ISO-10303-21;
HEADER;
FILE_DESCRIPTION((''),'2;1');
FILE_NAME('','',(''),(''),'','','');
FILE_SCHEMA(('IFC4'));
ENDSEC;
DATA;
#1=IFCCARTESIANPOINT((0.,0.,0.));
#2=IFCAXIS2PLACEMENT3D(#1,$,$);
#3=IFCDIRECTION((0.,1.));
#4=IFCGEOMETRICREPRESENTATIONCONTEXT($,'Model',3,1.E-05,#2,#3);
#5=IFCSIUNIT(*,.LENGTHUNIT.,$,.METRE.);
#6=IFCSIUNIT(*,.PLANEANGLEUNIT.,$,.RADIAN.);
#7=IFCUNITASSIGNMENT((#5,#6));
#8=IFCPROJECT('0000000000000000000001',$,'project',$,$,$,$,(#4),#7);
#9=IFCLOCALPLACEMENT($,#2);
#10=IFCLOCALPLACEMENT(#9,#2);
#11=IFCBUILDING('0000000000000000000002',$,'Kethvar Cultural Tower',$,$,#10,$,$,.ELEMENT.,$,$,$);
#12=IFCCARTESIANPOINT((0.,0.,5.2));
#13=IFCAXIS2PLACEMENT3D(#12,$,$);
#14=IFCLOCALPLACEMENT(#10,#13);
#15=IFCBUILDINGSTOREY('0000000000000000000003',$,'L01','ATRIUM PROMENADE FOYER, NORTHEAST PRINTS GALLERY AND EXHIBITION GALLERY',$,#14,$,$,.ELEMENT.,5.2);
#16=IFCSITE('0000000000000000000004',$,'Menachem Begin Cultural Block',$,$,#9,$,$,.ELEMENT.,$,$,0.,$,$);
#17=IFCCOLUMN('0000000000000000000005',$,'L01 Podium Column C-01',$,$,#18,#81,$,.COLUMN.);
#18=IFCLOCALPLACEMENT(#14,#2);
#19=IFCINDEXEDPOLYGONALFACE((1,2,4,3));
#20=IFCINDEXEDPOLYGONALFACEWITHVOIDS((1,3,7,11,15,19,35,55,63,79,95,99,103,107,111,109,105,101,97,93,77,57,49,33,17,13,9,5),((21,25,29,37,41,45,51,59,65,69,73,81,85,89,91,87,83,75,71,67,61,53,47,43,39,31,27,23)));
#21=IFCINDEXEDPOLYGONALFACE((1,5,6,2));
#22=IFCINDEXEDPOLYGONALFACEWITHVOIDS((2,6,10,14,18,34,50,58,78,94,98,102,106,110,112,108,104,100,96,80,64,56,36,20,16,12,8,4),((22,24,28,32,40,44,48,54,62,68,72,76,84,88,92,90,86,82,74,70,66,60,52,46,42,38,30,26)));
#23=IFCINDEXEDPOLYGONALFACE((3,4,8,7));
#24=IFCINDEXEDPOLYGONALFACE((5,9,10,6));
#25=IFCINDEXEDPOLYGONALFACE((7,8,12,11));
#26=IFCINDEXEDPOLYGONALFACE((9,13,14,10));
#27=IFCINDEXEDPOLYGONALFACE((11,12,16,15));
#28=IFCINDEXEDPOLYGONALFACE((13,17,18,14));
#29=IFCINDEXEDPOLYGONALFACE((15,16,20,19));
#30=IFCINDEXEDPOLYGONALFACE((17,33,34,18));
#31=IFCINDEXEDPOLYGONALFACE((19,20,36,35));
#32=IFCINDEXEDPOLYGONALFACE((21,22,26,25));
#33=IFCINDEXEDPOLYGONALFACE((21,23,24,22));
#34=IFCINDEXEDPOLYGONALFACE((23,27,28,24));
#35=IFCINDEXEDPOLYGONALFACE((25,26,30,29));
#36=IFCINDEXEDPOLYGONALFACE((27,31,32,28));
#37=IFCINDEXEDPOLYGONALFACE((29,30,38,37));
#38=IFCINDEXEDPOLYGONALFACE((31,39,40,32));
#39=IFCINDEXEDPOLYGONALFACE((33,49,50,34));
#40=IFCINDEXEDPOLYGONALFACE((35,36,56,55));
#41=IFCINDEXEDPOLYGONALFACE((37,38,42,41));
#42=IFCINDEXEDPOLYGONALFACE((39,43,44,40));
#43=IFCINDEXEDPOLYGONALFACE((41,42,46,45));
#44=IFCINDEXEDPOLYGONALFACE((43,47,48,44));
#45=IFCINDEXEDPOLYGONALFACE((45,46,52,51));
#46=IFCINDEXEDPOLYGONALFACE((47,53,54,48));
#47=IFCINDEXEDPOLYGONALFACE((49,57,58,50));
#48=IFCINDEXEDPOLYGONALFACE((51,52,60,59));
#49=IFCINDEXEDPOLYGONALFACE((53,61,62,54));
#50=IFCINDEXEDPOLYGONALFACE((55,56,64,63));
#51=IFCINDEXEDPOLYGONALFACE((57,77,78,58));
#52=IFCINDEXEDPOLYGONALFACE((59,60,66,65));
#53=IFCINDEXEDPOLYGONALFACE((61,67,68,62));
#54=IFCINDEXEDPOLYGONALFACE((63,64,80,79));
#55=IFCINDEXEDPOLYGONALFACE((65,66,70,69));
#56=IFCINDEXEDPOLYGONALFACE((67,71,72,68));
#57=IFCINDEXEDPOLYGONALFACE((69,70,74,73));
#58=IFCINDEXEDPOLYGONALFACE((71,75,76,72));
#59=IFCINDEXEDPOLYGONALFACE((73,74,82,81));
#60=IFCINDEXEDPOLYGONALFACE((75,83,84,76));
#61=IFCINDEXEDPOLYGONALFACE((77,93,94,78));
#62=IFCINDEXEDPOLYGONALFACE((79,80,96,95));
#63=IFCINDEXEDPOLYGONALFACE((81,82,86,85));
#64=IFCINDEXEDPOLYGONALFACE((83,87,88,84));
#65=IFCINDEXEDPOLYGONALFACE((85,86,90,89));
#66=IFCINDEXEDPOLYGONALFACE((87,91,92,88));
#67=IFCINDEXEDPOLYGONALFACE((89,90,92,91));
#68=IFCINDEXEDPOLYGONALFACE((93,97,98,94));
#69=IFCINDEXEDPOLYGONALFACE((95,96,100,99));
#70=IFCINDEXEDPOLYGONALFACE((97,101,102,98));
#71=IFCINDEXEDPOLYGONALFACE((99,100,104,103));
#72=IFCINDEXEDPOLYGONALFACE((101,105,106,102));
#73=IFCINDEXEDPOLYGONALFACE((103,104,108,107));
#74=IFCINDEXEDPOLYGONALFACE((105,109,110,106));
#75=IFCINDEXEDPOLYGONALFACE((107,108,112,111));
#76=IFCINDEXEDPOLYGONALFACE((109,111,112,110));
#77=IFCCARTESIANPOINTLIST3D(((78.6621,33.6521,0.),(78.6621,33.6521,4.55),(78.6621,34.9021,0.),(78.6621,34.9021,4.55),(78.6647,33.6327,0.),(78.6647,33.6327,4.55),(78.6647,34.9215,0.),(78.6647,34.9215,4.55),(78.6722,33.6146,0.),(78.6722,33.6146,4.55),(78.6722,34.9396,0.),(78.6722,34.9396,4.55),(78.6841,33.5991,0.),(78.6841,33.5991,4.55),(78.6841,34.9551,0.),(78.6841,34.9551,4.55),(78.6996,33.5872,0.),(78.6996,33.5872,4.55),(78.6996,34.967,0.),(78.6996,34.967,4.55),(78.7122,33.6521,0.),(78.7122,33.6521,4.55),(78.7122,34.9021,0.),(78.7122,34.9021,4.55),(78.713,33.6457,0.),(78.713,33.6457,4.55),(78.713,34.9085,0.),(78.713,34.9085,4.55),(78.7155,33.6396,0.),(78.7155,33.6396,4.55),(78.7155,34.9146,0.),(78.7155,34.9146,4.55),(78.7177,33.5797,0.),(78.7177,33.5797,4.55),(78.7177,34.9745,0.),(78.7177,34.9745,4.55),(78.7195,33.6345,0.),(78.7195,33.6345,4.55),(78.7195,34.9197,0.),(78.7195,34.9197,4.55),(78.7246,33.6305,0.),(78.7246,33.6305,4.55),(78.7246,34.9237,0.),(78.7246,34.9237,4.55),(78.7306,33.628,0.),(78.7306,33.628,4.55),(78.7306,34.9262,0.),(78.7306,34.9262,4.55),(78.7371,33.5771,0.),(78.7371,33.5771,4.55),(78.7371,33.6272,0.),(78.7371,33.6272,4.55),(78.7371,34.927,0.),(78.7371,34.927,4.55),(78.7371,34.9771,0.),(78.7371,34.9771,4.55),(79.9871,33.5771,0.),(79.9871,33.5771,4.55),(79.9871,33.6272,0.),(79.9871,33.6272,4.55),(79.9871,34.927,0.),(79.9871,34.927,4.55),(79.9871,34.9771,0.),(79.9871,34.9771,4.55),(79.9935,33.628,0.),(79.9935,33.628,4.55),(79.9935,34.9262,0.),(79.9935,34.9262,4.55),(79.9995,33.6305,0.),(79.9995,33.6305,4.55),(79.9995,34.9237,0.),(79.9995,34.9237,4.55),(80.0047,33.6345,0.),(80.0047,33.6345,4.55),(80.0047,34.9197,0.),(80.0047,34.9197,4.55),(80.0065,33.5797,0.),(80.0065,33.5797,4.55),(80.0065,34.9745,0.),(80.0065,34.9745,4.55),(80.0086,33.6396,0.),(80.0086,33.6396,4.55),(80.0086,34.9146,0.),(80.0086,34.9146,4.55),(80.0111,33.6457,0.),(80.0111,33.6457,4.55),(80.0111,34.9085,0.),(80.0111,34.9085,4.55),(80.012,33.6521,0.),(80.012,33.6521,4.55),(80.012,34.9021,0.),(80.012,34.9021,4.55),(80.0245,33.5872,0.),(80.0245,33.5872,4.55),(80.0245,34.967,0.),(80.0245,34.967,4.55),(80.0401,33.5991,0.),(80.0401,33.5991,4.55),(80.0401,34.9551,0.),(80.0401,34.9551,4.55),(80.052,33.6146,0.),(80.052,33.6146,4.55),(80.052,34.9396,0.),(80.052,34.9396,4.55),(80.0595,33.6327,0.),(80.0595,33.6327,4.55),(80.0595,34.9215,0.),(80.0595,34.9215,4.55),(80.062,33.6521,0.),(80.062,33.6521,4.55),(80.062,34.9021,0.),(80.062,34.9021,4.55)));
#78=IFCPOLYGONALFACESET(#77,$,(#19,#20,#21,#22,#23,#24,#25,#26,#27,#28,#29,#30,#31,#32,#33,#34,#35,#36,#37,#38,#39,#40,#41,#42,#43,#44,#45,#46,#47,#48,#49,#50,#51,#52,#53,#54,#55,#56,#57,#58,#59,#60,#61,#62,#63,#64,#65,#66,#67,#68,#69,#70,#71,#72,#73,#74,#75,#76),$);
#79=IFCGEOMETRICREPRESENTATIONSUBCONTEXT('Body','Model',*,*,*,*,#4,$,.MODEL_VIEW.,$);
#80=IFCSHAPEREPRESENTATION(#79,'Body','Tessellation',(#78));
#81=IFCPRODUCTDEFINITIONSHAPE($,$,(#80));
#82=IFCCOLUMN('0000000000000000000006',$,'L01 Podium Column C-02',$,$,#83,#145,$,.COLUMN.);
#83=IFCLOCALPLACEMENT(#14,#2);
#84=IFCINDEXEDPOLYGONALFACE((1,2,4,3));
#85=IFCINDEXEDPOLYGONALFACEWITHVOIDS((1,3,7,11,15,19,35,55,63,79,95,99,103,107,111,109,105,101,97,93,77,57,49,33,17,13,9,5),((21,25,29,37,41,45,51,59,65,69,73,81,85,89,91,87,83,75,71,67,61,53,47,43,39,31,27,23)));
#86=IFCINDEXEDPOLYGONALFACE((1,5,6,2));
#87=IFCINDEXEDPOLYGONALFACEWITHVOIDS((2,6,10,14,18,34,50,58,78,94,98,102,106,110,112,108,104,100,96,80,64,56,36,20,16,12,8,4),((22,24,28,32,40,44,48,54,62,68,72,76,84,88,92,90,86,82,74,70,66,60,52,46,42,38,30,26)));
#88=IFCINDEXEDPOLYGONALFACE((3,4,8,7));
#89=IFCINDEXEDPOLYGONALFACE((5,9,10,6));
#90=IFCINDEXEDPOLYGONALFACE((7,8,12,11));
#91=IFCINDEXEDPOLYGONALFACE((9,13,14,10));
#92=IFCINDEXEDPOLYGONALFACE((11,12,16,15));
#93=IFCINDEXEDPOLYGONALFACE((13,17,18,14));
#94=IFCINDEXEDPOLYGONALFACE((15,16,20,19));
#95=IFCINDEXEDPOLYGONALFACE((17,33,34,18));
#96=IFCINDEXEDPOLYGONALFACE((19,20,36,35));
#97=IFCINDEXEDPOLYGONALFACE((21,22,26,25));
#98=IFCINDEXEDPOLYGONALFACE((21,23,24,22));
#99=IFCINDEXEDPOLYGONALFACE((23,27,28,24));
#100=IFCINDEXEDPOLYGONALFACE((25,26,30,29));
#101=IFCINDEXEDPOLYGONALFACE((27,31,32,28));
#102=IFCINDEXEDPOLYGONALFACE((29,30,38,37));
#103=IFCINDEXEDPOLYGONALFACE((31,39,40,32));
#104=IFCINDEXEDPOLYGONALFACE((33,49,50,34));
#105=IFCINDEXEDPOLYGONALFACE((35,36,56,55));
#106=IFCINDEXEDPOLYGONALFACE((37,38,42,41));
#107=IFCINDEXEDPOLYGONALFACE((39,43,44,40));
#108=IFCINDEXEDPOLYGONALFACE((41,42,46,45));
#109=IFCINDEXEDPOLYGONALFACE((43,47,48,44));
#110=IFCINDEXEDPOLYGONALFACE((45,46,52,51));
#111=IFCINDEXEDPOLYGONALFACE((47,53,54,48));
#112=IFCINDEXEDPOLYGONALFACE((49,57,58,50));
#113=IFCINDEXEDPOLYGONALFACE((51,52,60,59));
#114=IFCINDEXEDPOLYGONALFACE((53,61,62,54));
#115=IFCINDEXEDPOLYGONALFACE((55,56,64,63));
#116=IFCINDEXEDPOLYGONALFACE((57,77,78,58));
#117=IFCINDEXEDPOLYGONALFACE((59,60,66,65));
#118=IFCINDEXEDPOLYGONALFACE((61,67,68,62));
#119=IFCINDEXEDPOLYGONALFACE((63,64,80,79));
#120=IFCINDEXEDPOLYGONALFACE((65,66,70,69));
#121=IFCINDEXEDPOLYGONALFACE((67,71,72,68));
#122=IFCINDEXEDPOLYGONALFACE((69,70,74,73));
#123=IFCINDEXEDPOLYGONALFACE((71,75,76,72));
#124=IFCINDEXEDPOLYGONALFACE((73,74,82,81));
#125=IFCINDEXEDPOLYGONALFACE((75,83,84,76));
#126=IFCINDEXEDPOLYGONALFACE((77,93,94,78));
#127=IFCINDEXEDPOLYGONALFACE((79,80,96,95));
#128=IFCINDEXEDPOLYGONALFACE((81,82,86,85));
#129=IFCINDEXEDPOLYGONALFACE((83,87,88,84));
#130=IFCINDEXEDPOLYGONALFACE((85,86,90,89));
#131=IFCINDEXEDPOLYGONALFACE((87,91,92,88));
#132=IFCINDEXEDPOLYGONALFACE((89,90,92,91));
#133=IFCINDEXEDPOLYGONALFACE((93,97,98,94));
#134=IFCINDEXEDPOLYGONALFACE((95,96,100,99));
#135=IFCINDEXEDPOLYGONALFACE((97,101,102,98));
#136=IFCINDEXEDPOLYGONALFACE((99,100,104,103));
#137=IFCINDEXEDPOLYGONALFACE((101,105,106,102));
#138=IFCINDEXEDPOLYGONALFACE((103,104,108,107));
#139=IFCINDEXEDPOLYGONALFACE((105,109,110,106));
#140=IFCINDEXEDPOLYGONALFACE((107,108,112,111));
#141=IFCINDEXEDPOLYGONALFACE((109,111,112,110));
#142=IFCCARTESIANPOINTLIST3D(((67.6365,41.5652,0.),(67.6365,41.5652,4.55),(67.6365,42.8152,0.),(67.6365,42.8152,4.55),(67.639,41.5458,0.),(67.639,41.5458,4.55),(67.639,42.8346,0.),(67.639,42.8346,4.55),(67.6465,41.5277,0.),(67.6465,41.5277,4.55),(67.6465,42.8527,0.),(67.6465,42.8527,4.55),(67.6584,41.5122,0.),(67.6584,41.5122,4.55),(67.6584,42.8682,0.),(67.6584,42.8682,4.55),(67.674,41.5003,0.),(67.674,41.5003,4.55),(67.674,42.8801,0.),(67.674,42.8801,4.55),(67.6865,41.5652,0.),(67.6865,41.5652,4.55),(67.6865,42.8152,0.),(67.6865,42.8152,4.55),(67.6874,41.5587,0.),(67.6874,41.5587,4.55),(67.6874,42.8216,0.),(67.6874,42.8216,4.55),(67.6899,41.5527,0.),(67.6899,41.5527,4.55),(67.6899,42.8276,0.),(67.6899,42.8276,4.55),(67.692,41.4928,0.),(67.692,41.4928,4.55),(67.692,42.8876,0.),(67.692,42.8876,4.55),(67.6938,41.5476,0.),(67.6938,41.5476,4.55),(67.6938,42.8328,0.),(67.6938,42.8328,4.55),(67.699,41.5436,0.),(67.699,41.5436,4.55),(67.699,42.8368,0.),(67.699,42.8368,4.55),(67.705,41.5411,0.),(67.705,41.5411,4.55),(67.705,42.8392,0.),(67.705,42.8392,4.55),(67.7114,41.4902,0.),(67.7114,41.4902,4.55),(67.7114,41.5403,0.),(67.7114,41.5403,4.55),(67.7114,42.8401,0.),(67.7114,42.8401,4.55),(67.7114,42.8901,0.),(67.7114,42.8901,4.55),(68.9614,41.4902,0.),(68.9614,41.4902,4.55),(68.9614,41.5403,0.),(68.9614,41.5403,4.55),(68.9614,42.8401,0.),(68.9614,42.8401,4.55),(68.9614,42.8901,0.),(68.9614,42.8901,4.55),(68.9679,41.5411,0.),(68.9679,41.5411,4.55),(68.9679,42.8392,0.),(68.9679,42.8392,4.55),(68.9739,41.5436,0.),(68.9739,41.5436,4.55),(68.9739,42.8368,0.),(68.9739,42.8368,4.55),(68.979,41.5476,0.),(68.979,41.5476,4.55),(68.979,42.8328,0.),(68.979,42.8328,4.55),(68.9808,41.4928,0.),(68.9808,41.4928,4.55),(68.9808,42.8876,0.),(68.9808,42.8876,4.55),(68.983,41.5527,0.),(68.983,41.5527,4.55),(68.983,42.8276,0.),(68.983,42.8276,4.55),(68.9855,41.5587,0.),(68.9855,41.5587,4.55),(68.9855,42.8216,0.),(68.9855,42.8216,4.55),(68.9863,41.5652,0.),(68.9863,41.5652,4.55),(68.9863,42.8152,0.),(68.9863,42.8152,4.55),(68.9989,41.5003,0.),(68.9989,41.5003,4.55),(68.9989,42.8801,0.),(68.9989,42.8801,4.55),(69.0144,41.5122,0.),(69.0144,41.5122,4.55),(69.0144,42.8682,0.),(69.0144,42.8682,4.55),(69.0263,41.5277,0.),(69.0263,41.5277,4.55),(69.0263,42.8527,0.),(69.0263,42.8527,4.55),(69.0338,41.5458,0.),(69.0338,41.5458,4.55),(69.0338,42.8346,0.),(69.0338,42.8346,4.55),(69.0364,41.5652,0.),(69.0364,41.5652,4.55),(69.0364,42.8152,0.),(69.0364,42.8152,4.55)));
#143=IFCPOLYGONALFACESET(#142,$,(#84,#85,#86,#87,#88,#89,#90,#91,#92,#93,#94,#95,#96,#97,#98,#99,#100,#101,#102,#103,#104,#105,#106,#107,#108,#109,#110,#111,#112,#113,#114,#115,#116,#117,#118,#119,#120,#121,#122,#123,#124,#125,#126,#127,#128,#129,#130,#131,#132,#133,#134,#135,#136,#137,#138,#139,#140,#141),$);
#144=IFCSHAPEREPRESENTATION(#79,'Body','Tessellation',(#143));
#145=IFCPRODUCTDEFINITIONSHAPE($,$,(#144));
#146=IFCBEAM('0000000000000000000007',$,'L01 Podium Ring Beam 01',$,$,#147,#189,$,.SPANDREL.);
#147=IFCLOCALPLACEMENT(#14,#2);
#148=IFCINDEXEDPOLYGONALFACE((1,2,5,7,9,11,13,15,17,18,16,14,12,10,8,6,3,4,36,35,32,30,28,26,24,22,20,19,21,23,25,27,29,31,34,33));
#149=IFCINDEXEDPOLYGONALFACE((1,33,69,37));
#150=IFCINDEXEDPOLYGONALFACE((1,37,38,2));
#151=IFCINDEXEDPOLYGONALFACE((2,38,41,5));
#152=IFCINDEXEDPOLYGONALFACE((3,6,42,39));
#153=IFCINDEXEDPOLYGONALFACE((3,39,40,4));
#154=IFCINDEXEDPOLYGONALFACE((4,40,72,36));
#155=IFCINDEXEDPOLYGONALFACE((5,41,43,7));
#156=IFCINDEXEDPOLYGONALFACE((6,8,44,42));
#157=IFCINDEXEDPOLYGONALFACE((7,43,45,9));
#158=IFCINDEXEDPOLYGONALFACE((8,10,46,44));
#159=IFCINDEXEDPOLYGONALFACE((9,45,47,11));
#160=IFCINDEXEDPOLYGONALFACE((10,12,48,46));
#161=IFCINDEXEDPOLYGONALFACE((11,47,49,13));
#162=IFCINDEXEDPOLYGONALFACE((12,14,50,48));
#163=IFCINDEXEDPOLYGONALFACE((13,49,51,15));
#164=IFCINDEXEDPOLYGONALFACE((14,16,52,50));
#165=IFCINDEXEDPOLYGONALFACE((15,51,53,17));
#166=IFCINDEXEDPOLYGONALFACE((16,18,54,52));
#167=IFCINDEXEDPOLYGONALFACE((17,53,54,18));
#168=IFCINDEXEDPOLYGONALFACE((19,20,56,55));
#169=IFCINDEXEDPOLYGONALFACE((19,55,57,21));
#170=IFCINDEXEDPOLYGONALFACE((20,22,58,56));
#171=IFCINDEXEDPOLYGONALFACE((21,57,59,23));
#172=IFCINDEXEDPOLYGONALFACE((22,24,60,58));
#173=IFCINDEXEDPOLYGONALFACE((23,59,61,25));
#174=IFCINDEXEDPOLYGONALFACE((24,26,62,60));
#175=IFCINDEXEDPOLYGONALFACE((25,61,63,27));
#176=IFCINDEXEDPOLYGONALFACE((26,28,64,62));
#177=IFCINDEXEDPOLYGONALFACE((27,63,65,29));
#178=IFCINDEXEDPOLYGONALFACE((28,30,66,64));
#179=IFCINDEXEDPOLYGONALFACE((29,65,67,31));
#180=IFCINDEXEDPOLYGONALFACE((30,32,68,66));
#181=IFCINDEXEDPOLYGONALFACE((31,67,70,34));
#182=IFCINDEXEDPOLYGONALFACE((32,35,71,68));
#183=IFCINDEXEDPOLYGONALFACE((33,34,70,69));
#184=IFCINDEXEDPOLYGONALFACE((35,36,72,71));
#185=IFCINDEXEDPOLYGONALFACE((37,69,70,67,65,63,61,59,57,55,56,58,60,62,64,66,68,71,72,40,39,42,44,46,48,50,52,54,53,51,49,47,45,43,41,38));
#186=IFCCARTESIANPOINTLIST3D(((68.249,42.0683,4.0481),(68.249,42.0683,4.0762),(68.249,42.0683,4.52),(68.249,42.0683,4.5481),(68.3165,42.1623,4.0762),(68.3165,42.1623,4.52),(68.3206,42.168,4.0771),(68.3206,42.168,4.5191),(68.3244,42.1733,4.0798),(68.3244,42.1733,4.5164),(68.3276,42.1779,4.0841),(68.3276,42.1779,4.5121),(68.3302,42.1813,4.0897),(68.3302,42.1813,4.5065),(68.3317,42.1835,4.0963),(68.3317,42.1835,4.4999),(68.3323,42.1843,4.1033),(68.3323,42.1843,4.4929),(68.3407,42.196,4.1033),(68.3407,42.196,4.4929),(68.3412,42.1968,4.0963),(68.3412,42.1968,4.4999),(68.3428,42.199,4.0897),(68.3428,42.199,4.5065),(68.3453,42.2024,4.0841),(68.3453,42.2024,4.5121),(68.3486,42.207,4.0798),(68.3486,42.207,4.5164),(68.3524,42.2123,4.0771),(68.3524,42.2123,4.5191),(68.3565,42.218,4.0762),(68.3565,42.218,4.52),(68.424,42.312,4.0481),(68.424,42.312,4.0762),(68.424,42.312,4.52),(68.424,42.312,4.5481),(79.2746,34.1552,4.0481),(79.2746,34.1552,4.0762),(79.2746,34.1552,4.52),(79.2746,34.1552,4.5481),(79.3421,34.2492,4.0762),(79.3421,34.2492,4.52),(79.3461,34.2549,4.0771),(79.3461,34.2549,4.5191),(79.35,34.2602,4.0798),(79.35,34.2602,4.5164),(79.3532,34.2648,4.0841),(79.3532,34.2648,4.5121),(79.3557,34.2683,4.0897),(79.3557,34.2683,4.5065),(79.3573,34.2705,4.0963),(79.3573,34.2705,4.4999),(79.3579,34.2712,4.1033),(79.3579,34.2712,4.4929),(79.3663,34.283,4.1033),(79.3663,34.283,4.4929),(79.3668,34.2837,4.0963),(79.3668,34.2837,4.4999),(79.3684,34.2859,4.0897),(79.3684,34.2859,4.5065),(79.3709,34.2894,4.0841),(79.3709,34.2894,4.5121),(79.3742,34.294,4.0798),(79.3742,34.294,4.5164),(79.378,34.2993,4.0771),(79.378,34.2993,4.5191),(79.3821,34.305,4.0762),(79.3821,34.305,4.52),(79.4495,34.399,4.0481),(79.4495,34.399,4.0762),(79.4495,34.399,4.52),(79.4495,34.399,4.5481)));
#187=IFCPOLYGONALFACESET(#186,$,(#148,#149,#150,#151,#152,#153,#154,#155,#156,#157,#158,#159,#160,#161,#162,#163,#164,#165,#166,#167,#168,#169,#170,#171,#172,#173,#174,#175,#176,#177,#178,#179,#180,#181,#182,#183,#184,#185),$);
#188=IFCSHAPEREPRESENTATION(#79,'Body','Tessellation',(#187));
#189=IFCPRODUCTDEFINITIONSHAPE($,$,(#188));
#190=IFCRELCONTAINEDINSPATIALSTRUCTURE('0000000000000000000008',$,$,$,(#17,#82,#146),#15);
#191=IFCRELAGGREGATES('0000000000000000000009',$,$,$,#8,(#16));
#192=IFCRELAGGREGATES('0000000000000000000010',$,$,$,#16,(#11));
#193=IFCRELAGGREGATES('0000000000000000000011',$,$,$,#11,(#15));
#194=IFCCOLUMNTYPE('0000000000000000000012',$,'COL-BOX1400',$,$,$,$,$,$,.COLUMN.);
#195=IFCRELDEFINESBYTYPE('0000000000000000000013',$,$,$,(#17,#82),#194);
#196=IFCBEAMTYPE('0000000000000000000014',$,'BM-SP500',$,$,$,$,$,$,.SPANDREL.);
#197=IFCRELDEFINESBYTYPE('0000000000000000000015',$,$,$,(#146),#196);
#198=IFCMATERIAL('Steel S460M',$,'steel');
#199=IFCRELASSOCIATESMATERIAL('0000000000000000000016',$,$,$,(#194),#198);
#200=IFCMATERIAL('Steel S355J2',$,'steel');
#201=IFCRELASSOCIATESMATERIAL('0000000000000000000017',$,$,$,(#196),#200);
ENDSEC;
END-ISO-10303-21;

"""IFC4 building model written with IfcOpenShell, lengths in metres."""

from ifc_helpers import new_model, si_unit, direction, frame, origin, origin_2d, place, context, subcontext, project, spatial, hollow_rectangle, i_section, extrude, source, transform, mapped, material, material_profile, profile_set, type_object, element, save


model = new_model("IFC4")

# Units and contexts
model_context = context("Model", 3, precision=1e-05, world=origin(), true_north=direction((0.0, 1.0)))
body_context = subcontext(model_context, "Body", "Model", "MODEL_VIEW")
ifc_project = project(units=[si_unit("LENGTHUNIT", "METRE"), si_unit("PLANEANGLEUNIT", "RADIAN")], contexts=[model_context])

# Site, building, storey
site_placement = place(None, origin())
site = spatial("IfcSite", under=ifc_project, at=site_placement, Name="Menachem Begin Cultural Block", CompositionType="ELEMENT", RefElevation=0.0)
building_placement = place(site_placement, origin())
building = spatial("IfcBuilding", under=site, at=building_placement, Name="Kethvar Cultural Tower", CompositionType="ELEMENT")
storey_placement = place(building_placement, frame((0.0, 0.0, 5.2)))
storey = spatial("IfcBuildingStorey", under=building, at=storey_placement, Name="L01", Description="ATRIUM PROMENADE FOYER, NORTHEAST PRINTS GALLERY AND EXHIBITION GALLERY", CompositionType="ELEMENT", Elevation=5.2)

# Columns
ifc_material_1 = material(Name="Steel S460M", Category="steel")
ifc_material_profile_1 = material_profile(ifc_material_1, hollow_rectangle(XDim=1.3999, YDim=1.3999, WallThickness=0.05, InnerFilletRadius=0.0249, OuterFilletRadius=0.075, at=origin_2d()), Name="Steel S460M — BOX1400x1400x50")
ifc_profile_set_1 = profile_set([ifc_material_profile_1], Name="Steel S460M — BOX1400x1400x50")
column_type = type_object("IfcColumnType", Name="COL-BOX1400", PredefinedType="COLUMN", material=ifc_profile_set_1)
shared_shape_1 = source(origin(), body_context, "Body", "SweptSolid", [
    extrude(hollow_rectangle(XDim=1.3999, YDim=1.3999, WallThickness=0.05, InnerFilletRadius=0.0249, OuterFilletRadius=0.075, at=origin_2d()), origin(), (0.0, 0.0, 1.0), 4.55),
])
for number, where, z_axis, x_axis, name in (
    (1, (79.3621, 34.2771, 0.0), (0.0, 0.0, 1.0), (1.0, 0.0, 0.0), "L01 Podium Column C-01"),
    (2, (68.3364, 42.1902, 0.0), (0.0, 0.0, 1.0), (1.0, 0.0, 0.0), "L01 Podium Column C-02"),
):
    element("IfcColumn", number, at=place(storey_placement, frame(where, z_axis=z_axis, x_axis=x_axis)), inside=storey, type_object=column_type, Name=name, PredefinedType="COLUMN", context=body_context, shape_type="MappedRepresentation", body=[
        mapped(shared_shape_1, transform((0.0, 0.0, 0.0), scale=1.0)),
    ])

# Beam
ifc_material_2 = material(Name="Steel S355J2", Category="steel")
ifc_material_profile_2 = material_profile(ifc_material_2, i_section(OverallWidth=0.3, OverallDepth=0.5, WebThickness=0.0144, FlangeThickness=0.0281, FilletRadius=0.0271, at=origin_2d()), Name="Steel S355J2 — HEB500")
ifc_profile_set_2 = profile_set([ifc_material_profile_2], Name="Steel S355J2 — HEB500")
beam_type_1 = type_object("IfcBeamType", Name="BM-SP500", PredefinedType="SPANDREL", material=ifc_profile_set_2)
shared_shape_2 = source(origin(), body_context, "Body", "SweptSolid", [
    extrude(i_section(OverallWidth=0.3, OverallDepth=0.5, WebThickness=0.0144, FlangeThickness=0.0281, FilletRadius=0.0271, at=origin_2d()), origin(), (0.0, 0.0, 1.0), 13.5713),
])
beam_1_placement = place(storey_placement, frame((79.3621, 34.2771, 4.2981), z_axis=(-0.81242, 0.583073, 0.0), x_axis=(-0.583073, -0.81242, 0.0)))
element("IfcBeam", 3, at=beam_1_placement, inside=storey, type_object=beam_type_1, Name="L01 Podium Ring Beam 01", PredefinedType="SPANDREL", context=body_context, shape_type="MappedRepresentation", body=[
    mapped(shared_shape_2, transform((0.0, 0.0, 0.0), scale=1.0)),
])

save(model, "model.ifc")
